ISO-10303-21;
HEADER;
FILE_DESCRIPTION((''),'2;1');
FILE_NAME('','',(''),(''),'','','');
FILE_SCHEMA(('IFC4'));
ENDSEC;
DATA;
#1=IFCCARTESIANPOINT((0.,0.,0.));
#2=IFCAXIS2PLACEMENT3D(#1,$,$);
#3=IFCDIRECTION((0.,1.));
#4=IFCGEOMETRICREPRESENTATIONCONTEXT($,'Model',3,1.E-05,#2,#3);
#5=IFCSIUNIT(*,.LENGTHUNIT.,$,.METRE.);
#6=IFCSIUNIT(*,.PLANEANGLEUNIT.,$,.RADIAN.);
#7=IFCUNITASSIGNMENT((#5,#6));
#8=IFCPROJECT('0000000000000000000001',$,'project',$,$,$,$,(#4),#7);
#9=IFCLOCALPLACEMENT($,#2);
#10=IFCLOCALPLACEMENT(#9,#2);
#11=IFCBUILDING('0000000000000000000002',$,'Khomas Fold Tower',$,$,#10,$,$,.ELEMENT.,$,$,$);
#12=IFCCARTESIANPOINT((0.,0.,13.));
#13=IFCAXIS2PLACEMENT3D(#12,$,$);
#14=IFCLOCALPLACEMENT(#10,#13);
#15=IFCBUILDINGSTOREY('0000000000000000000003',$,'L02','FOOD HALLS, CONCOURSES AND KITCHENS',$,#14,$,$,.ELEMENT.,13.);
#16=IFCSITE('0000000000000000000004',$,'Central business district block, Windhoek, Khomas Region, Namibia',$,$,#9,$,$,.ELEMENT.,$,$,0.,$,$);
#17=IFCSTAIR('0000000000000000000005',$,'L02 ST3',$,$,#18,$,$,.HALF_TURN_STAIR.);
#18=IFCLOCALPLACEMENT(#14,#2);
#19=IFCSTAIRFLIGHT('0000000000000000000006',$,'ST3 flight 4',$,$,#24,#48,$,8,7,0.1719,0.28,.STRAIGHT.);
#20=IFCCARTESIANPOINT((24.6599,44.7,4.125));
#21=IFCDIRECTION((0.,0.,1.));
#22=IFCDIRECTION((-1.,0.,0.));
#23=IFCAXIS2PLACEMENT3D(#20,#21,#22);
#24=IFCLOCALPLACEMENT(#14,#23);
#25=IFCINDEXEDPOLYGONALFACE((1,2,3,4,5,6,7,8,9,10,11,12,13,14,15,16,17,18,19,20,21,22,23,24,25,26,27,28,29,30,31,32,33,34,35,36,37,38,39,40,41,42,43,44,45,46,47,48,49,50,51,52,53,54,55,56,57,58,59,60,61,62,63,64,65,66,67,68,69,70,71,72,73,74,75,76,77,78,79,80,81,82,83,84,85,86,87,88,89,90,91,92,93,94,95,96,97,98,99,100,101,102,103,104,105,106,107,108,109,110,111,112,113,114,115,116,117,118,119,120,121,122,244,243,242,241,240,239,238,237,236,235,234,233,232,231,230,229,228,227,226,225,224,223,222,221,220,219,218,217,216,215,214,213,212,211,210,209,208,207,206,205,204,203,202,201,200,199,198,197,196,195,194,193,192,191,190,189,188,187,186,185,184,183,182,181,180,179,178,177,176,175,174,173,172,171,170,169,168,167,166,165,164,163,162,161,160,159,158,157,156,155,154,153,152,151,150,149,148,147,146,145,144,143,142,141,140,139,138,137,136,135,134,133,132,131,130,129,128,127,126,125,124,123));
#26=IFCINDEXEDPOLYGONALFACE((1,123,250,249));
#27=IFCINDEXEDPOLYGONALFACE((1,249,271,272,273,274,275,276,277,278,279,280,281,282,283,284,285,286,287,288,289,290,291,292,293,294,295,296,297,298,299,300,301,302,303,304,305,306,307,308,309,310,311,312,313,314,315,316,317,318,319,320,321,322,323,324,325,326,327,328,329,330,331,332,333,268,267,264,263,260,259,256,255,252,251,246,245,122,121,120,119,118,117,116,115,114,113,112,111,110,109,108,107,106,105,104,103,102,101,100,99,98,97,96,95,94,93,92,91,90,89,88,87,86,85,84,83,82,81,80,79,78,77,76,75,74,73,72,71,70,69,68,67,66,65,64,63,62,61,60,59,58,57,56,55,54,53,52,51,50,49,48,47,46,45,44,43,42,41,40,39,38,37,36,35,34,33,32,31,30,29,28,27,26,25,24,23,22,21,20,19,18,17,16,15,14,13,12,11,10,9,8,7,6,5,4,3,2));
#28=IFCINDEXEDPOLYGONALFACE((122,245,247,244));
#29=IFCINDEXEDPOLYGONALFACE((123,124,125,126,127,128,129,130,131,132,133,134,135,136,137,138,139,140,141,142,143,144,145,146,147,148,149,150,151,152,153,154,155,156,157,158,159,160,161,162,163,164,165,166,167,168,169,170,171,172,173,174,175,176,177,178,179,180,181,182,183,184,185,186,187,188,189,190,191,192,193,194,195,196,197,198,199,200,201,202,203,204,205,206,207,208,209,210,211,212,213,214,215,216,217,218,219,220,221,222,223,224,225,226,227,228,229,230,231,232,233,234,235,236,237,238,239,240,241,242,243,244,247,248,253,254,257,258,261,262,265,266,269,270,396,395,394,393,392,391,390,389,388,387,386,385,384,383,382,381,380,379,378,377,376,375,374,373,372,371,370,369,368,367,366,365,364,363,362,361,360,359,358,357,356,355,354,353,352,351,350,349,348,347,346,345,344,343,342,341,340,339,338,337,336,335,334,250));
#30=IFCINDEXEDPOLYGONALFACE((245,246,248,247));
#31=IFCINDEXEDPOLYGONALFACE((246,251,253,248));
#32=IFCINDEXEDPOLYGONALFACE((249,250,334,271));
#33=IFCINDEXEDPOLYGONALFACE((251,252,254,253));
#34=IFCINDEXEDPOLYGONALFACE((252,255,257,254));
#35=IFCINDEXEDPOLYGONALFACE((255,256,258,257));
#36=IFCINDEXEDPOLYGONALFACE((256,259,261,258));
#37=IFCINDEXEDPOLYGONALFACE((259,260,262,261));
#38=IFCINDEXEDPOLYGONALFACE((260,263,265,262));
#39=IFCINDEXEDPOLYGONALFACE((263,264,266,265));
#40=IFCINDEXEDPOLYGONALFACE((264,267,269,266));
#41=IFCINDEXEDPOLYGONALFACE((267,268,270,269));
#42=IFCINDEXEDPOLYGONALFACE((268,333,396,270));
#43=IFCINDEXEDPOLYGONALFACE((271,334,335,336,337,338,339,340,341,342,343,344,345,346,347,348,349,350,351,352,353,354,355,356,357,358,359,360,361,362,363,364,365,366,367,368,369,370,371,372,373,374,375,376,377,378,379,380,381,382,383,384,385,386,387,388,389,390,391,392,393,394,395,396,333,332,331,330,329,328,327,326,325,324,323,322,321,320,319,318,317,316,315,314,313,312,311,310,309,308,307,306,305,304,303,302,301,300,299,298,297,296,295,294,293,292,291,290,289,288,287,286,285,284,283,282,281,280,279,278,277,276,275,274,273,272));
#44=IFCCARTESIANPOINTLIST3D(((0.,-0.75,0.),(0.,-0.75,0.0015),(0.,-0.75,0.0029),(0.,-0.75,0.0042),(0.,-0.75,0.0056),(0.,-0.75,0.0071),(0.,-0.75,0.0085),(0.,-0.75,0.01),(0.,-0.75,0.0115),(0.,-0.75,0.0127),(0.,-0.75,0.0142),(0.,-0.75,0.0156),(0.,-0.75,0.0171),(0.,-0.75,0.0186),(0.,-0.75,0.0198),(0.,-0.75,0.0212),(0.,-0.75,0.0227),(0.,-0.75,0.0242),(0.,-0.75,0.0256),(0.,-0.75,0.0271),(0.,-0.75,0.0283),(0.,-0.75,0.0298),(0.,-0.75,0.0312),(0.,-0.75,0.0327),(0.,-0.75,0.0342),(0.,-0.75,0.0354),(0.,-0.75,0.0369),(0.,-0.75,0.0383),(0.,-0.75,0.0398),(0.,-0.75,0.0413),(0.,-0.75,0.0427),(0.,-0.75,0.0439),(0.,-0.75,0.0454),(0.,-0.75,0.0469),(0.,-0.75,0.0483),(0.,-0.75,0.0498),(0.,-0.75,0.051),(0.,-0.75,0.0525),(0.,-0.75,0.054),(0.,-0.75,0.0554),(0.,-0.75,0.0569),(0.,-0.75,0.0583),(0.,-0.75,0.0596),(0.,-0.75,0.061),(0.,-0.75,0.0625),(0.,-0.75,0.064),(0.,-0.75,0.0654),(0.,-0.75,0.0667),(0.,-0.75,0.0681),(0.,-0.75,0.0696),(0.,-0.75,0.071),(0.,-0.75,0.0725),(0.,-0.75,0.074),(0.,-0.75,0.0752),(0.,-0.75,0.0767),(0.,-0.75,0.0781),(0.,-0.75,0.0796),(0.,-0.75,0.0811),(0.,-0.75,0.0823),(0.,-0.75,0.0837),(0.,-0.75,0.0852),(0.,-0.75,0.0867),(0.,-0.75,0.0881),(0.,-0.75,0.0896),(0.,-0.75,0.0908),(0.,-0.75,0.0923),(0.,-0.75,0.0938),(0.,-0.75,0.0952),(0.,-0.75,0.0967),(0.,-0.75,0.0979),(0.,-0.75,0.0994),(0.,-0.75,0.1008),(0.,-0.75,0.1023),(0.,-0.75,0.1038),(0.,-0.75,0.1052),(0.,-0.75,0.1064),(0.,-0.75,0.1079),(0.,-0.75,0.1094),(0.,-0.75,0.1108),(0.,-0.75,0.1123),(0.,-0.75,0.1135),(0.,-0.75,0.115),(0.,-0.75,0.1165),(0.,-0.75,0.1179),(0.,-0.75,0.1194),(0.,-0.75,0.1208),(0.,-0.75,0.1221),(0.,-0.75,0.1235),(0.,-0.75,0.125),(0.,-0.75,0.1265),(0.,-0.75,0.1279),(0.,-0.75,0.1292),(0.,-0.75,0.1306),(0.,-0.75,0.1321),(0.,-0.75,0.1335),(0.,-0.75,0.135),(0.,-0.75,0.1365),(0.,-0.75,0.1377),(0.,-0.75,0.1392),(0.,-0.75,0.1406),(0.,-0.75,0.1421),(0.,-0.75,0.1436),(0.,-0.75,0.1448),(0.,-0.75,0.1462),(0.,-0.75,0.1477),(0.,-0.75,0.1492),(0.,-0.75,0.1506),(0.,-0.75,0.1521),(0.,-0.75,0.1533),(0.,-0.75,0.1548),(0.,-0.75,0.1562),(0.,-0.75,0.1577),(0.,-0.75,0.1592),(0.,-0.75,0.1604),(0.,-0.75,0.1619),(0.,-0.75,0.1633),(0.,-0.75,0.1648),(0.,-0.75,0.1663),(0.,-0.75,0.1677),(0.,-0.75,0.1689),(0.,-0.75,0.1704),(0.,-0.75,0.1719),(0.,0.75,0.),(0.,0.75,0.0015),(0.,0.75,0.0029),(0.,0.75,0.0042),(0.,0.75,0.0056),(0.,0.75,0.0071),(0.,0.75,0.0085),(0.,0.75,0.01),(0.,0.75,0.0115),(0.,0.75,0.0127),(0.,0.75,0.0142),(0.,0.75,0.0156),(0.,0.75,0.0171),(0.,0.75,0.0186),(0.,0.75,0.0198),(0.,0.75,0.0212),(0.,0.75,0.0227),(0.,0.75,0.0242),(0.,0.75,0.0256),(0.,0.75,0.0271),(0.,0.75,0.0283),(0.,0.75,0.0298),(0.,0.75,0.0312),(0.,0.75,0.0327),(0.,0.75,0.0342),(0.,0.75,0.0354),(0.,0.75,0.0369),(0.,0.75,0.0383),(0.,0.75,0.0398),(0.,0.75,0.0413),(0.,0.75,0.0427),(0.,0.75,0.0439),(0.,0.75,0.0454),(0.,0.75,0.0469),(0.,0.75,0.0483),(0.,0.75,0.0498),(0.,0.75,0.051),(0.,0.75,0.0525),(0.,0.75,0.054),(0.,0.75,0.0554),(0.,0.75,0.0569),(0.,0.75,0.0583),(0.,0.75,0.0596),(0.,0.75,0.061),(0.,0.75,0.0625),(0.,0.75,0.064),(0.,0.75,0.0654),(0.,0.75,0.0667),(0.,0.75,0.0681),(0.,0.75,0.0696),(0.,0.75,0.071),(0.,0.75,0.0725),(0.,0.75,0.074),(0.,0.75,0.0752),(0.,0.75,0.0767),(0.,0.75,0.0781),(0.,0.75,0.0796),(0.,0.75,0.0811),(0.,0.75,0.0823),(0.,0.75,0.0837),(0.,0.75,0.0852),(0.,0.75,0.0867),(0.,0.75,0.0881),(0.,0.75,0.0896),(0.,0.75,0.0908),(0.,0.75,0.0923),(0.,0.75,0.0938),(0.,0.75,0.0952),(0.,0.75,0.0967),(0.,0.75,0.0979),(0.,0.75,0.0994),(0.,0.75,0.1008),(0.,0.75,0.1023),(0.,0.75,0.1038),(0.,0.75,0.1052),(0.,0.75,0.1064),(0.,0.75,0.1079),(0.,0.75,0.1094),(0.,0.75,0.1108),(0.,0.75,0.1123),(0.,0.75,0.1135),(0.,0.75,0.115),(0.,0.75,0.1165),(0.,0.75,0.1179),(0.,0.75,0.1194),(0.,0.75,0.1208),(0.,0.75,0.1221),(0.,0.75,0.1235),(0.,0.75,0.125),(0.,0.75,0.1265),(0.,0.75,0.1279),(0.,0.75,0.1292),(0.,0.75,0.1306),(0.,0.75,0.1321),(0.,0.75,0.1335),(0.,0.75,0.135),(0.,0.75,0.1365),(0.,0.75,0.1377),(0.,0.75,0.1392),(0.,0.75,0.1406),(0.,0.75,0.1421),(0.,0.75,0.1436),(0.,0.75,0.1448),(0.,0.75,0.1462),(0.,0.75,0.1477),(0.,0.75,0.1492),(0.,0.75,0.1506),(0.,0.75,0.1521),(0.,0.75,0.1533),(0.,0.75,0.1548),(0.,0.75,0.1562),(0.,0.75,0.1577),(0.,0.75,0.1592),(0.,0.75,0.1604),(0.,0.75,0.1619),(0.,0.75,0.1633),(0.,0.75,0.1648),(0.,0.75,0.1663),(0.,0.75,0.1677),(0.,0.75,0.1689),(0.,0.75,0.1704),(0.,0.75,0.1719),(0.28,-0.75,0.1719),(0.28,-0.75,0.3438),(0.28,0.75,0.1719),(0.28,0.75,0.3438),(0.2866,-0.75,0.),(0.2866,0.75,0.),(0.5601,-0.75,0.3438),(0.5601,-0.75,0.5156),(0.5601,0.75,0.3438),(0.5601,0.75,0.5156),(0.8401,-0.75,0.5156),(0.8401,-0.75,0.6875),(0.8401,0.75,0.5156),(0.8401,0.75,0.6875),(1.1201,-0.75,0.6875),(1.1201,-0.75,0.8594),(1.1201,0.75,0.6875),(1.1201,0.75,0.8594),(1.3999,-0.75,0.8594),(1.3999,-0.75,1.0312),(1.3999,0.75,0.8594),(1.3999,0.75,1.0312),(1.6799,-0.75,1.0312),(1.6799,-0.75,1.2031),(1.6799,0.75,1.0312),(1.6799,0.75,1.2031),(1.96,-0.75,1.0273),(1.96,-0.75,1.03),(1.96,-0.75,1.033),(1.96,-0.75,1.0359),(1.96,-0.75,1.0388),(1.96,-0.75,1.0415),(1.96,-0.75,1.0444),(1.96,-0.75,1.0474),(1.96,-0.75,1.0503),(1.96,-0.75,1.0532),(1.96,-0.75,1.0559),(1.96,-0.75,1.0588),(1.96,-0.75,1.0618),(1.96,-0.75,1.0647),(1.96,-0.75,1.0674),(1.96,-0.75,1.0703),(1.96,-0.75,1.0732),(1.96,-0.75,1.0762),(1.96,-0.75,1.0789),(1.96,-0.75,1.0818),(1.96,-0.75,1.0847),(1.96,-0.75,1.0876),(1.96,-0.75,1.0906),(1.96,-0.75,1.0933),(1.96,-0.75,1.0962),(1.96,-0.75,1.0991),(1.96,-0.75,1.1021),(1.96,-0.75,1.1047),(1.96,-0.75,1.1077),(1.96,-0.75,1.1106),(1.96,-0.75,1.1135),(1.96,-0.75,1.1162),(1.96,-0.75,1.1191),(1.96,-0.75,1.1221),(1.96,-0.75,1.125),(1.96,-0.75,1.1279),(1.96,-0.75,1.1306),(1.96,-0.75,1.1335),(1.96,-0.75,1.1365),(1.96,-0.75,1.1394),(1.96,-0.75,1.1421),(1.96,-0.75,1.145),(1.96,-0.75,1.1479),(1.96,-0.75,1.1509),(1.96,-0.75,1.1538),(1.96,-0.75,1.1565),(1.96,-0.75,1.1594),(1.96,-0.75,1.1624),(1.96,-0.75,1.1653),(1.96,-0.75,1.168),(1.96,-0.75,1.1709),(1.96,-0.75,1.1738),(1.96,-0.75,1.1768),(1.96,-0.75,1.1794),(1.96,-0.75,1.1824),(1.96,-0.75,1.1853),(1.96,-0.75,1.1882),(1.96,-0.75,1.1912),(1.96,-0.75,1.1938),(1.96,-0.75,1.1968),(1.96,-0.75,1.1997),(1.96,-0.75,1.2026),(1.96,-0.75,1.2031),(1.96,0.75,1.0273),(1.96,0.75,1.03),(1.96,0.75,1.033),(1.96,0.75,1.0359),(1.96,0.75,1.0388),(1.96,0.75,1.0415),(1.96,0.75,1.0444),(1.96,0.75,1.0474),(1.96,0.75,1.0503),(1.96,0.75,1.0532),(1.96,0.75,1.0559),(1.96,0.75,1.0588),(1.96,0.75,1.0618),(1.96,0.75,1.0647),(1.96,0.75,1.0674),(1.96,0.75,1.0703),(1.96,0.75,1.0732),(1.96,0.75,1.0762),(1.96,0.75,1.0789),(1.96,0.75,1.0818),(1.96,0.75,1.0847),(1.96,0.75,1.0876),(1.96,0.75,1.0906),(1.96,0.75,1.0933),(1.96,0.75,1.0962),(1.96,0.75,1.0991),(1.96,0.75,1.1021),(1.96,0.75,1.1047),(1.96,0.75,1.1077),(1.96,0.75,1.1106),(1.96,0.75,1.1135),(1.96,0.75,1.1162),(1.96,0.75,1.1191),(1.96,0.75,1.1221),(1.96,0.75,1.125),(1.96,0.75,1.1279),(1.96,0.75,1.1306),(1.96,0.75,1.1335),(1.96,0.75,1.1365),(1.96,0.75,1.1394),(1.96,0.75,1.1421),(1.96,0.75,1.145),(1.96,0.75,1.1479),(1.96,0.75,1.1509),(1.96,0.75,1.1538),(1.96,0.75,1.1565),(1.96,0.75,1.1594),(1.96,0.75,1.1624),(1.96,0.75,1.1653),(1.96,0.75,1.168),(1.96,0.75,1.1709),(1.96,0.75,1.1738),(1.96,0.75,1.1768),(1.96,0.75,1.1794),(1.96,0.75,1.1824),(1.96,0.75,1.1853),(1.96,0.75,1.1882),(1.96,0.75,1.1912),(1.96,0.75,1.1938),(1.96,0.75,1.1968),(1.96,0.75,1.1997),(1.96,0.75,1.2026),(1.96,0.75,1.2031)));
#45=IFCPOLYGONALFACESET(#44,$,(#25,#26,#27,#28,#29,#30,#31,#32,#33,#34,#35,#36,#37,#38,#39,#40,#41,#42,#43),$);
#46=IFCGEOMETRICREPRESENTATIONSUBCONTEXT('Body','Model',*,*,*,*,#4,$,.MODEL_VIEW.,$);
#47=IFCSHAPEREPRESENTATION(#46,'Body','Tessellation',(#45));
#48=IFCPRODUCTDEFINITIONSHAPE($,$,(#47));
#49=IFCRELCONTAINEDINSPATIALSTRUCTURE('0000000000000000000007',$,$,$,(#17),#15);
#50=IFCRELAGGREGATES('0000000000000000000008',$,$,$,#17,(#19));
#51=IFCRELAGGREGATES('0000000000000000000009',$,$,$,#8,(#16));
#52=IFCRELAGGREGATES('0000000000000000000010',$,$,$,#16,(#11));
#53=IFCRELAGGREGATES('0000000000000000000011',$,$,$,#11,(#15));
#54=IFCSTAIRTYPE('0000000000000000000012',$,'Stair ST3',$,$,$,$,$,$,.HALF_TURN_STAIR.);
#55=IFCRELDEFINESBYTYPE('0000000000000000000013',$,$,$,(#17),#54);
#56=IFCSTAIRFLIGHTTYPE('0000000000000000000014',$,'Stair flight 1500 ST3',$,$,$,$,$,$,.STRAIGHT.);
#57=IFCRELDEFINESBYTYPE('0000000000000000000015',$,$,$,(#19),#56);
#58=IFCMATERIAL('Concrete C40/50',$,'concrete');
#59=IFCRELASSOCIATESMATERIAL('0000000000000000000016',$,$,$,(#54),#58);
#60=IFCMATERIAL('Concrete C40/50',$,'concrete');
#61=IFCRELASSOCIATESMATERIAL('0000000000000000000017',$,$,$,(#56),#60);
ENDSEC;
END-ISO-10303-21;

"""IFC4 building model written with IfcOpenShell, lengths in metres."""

from ifc_helpers import new_model, si_unit, direction, frame, origin, place, context, subcontext, project, spatial, polyline, outline, extrude, source, transform, mapped, material, type_object, element, aggregate, save


model = new_model("IFC4")

# Units and contexts
model_context = context("Model", 3, precision=1e-05, world=origin(), true_north=direction((0.0, 1.0)))
body_context = subcontext(model_context, "Body", "Model", "MODEL_VIEW")
ifc_project = project(units=[si_unit("LENGTHUNIT", "METRE"), si_unit("PLANEANGLEUNIT", "RADIAN")], contexts=[model_context])

# Site, building, storey
site_placement = place(None, origin())
site = spatial("IfcSite", under=ifc_project, at=site_placement, Name="Central business district block, Windhoek, Khomas Region, Namibia", CompositionType="ELEMENT", RefElevation=0.0)
building_placement = place(site_placement, origin())
building = spatial("IfcBuilding", under=site, at=building_placement, Name="Khomas Fold Tower", CompositionType="ELEMENT")
storey_placement = place(building_placement, frame((0.0, 0.0, 13.0)))
storey = spatial("IfcBuildingStorey", under=building, at=storey_placement, Name="L02", Description="FOOD HALLS, CONCOURSES AND KITCHENS", CompositionType="ELEMENT", Elevation=13.0)

# Stair, stair flight
shared_shape_1 = source(origin(), body_context, "Body", "SweptSolid", [
    extrude(outline(polyline([(0.0, 0.0), (0.0, 0.0015), (0.0, 0.0029), (0.0, 0.0042), (0.0, 0.0056), (0.0, 0.0071), (0.0, 0.0085), (0.0, 0.01), (0.0, 0.0115), (0.0, 0.0127), (0.0, 0.0142), (0.0, 0.0156), (0.0, 0.0171), (0.0, 0.0186), (0.0, 0.0198), (0.0, 0.0212), (0.0, 0.0227), (0.0, 0.0242), (0.0, 0.0256), (0.0, 0.0271), (0.0, 0.0283), (0.0, 0.0298), (0.0, 0.0312), (0.0, 0.0327), (0.0, 0.0342), (0.0, 0.0354), (0.0, 0.0369), (0.0, 0.0383), (0.0, 0.0398), (0.0, 0.0413), (0.0, 0.0427), (0.0, 0.0439), (0.0, 0.0454), (0.0, 0.0469), (0.0, 0.0483), (0.0, 0.0498), (0.0, 0.051), (0.0, 0.0525), (0.0, 0.054), (0.0, 0.0554), (0.0, 0.0569), (0.0, 0.0583), (0.0, 0.0596), (0.0, 0.061), (0.0, 0.0625), (0.0, 0.064), (0.0, 0.0654), (0.0, 0.0667), (0.0, 0.0681), (0.0, 0.0696), (0.0, 0.071), (0.0, 0.0725), (0.0, 0.074), (0.0, 0.0752), (0.0, 0.0767), (0.0, 0.0781), (0.0, 0.0796), (0.0, 0.0811), (0.0, 0.0823), (0.0, 0.0837), (0.0, 0.0852), (0.0, 0.0867), (0.0, 0.0881), (0.0, 0.0896), (0.0, 0.0908), (0.0, 0.0923), (0.0, 0.0938), (0.0, 0.0952), (0.0, 0.0967), (0.0, 0.0979), (0.0, 0.0994), (0.0, 0.1008), (0.0, 0.1023), (0.0, 0.1038), (0.0, 0.1052), (0.0, 0.1064), (0.0, 0.1079), (0.0, 0.1094), (0.0, 0.1108), (0.0, 0.1123), (0.0, 0.1135), (0.0, 0.115), (0.0, 0.1165), (0.0, 0.1179), (0.0, 0.1194), (0.0, 0.1208), (0.0, 0.1221), (0.0, 0.1235), (0.0, 0.125), (0.0, 0.1265), (0.0, 0.1279), (0.0, 0.1292), (0.0, 0.1306), (0.0, 0.1321), (0.0, 0.1335), (0.0, 0.135), (0.0, 0.1365), (0.0, 0.1377), (0.0, 0.1392), (0.0, 0.1406), (0.0, 0.1421), (0.0, 0.1436), (0.0, 0.1448), (0.0, 0.1462), (0.0, 0.1477), (0.0, 0.1492), (0.0, 0.1506), (0.0, 0.1521), (0.0, 0.1533), (0.0, 0.1548), (0.0, 0.1562), (0.0, 0.1577), (0.0, 0.1592), (0.0, 0.1604), (0.0, 0.1619), (0.0, 0.1633), (0.0, 0.1648), (0.0, 0.1663), (0.0, 0.1677), (0.0, 0.1689), (0.0, 0.1704), (0.0, 0.1719), (0.28, 0.1719), (0.28, 0.3438), (0.5601, 0.3438), (0.5601, 0.5156), (0.8401, 0.5156), (0.8401, 0.6875), (1.1201, 0.6875), (1.1201, 0.8594), (1.3999, 0.8594), (1.3999, 1.0312), (1.6799, 1.0312), (1.6799, 1.2031), (1.96, 1.2031), (1.96, 1.375), (1.96, 1.3721), (1.96, 1.3691), (1.96, 1.3665), (1.96, 1.3635), (1.96, 1.3606), (1.96, 1.3577), (1.96, 1.355), (1.96, 1.3521), (1.96, 1.3491), (1.96, 1.3462), (1.96, 1.3435), (1.96, 1.3406), (1.96, 1.3376), (1.96, 1.3347), (1.96, 1.3318), (1.96, 1.3291), (1.96, 1.3262), (1.96, 1.3232), (1.96, 1.3203), (1.96, 1.3176), (1.96, 1.3147), (1.96, 1.3118), (1.96, 1.3088), (1.96, 1.3059), (1.96, 1.3032), (1.96, 1.3003), (1.96, 1.2974), (1.96, 1.2944), (1.96, 1.2917), (1.96, 1.2888), (1.96, 1.2859), (1.96, 1.283), (1.96, 1.2803), (1.96, 1.2773), (1.96, 1.2744), (1.96, 1.2715), (1.96, 1.2686), (1.96, 1.2659), (1.96, 1.2629), (1.96, 1.26), (1.96, 1.2571), (1.96, 1.2544), (1.96, 1.2515), (1.96, 1.2485), (1.96, 1.2456), (1.96, 1.2427), (1.96, 1.24), (1.96, 1.2371), (1.96, 1.2341), (1.96, 1.2312), (1.96, 1.2285), (1.96, 1.2256), (1.96, 1.2227), (1.96, 1.2197), (1.96, 1.217), (1.96, 1.2141), (1.96, 1.2112), (1.96, 1.2083), (1.96, 1.2053), (1.96, 1.2026), (1.96, 1.1997), (1.96, 1.1968), (1.96, 1.1938), (1.96, 1.1912), (1.96, 1.1882), (1.96, 1.1853), (1.96, 1.1824), (1.96, 1.1794), (1.96, 1.1768), (1.96, 1.1738), (1.96, 1.1709), (1.96, 1.168), (1.96, 1.1653), (1.96, 1.1624), (1.96, 1.1594), (1.96, 1.1565), (1.96, 1.1538), (1.96, 1.1509), (1.96, 1.1479), (1.96, 1.145), (1.96, 1.1421), (1.96, 1.1394), (1.96, 1.1365), (1.96, 1.1335), (1.96, 1.1306), (1.96, 1.1279), (1.96, 1.125), (1.96, 1.1221), (1.96, 1.1191), (1.96, 1.1162), (1.96, 1.1135), (1.96, 1.1106), (1.96, 1.1077), (1.96, 1.1047), (1.96, 1.1021), (1.96, 1.0991), (1.96, 1.0962), (1.96, 1.0933), (1.96, 1.0906), (1.96, 1.0876), (1.96, 1.0847), (1.96, 1.0818), (1.96, 1.0789), (1.96, 1.0762), (1.96, 1.0732), (1.96, 1.0703), (1.96, 1.0674), (1.96, 1.0647), (1.96, 1.0618), (1.96, 1.0588), (1.96, 1.0559), (1.96, 1.0532), (1.96, 1.0503), (1.96, 1.0474), (1.96, 1.0444), (1.96, 1.0415), (1.96, 1.0388), (1.96, 1.0359), (1.96, 1.033), (1.96, 1.03), (1.96, 1.0273), (0.2866, 0.0), (0.0, 0.0)])), frame((0.0, 0.75, 0.0), z_axis=(0.0, -1.0, 0.0), x_axis=(1.0, 0.0, 0.0)), (0.0, 0.0, 1.0), 1.5),
])
ifc_material_1 = material(Name="Concrete C40/50", Category="concrete")
stair_type_1 = type_object("IfcStairType", Name="Stair ST3", PredefinedType="HALF_TURN_STAIR", material=ifc_material_1)
stair_1_placement = place(storey_placement, origin())
stair_1 = element("IfcStair", 1, at=stair_1_placement, inside=storey, type_object=stair_type_1, Name="L02 ST3", PredefinedType="HALF_TURN_STAIR")
ifc_material_2 = material(Name="Concrete C40/50", Category="concrete")
stair_flight_type_1 = type_object("IfcStairFlightType", Name="Stair flight 1500 ST3", PredefinedType="STRAIGHT", material=ifc_material_2)
stair_flight_1_placement = place(storey_placement, frame((24.6599, 44.7, 4.125), z_axis=(0.0, 0.0, 1.0), x_axis=(-1.0, 0.0, 0.0)))
stair_flight_1 = element("IfcStairFlight", 2, at=stair_flight_1_placement, type_object=stair_flight_type_1, Name="ST3 flight 4", NumberOfRisers=8, NumberOfTreads=7, PredefinedType="STRAIGHT", RiserHeight=0.1719, TreadLength=0.28, context=body_context, shape_type="MappedRepresentation", body=[
    mapped(shared_shape_1, transform((0.0, 0.0, 0.0))),
])
aggregate(stair_1, [stair_flight_1])

save(model, "model.ifc")
